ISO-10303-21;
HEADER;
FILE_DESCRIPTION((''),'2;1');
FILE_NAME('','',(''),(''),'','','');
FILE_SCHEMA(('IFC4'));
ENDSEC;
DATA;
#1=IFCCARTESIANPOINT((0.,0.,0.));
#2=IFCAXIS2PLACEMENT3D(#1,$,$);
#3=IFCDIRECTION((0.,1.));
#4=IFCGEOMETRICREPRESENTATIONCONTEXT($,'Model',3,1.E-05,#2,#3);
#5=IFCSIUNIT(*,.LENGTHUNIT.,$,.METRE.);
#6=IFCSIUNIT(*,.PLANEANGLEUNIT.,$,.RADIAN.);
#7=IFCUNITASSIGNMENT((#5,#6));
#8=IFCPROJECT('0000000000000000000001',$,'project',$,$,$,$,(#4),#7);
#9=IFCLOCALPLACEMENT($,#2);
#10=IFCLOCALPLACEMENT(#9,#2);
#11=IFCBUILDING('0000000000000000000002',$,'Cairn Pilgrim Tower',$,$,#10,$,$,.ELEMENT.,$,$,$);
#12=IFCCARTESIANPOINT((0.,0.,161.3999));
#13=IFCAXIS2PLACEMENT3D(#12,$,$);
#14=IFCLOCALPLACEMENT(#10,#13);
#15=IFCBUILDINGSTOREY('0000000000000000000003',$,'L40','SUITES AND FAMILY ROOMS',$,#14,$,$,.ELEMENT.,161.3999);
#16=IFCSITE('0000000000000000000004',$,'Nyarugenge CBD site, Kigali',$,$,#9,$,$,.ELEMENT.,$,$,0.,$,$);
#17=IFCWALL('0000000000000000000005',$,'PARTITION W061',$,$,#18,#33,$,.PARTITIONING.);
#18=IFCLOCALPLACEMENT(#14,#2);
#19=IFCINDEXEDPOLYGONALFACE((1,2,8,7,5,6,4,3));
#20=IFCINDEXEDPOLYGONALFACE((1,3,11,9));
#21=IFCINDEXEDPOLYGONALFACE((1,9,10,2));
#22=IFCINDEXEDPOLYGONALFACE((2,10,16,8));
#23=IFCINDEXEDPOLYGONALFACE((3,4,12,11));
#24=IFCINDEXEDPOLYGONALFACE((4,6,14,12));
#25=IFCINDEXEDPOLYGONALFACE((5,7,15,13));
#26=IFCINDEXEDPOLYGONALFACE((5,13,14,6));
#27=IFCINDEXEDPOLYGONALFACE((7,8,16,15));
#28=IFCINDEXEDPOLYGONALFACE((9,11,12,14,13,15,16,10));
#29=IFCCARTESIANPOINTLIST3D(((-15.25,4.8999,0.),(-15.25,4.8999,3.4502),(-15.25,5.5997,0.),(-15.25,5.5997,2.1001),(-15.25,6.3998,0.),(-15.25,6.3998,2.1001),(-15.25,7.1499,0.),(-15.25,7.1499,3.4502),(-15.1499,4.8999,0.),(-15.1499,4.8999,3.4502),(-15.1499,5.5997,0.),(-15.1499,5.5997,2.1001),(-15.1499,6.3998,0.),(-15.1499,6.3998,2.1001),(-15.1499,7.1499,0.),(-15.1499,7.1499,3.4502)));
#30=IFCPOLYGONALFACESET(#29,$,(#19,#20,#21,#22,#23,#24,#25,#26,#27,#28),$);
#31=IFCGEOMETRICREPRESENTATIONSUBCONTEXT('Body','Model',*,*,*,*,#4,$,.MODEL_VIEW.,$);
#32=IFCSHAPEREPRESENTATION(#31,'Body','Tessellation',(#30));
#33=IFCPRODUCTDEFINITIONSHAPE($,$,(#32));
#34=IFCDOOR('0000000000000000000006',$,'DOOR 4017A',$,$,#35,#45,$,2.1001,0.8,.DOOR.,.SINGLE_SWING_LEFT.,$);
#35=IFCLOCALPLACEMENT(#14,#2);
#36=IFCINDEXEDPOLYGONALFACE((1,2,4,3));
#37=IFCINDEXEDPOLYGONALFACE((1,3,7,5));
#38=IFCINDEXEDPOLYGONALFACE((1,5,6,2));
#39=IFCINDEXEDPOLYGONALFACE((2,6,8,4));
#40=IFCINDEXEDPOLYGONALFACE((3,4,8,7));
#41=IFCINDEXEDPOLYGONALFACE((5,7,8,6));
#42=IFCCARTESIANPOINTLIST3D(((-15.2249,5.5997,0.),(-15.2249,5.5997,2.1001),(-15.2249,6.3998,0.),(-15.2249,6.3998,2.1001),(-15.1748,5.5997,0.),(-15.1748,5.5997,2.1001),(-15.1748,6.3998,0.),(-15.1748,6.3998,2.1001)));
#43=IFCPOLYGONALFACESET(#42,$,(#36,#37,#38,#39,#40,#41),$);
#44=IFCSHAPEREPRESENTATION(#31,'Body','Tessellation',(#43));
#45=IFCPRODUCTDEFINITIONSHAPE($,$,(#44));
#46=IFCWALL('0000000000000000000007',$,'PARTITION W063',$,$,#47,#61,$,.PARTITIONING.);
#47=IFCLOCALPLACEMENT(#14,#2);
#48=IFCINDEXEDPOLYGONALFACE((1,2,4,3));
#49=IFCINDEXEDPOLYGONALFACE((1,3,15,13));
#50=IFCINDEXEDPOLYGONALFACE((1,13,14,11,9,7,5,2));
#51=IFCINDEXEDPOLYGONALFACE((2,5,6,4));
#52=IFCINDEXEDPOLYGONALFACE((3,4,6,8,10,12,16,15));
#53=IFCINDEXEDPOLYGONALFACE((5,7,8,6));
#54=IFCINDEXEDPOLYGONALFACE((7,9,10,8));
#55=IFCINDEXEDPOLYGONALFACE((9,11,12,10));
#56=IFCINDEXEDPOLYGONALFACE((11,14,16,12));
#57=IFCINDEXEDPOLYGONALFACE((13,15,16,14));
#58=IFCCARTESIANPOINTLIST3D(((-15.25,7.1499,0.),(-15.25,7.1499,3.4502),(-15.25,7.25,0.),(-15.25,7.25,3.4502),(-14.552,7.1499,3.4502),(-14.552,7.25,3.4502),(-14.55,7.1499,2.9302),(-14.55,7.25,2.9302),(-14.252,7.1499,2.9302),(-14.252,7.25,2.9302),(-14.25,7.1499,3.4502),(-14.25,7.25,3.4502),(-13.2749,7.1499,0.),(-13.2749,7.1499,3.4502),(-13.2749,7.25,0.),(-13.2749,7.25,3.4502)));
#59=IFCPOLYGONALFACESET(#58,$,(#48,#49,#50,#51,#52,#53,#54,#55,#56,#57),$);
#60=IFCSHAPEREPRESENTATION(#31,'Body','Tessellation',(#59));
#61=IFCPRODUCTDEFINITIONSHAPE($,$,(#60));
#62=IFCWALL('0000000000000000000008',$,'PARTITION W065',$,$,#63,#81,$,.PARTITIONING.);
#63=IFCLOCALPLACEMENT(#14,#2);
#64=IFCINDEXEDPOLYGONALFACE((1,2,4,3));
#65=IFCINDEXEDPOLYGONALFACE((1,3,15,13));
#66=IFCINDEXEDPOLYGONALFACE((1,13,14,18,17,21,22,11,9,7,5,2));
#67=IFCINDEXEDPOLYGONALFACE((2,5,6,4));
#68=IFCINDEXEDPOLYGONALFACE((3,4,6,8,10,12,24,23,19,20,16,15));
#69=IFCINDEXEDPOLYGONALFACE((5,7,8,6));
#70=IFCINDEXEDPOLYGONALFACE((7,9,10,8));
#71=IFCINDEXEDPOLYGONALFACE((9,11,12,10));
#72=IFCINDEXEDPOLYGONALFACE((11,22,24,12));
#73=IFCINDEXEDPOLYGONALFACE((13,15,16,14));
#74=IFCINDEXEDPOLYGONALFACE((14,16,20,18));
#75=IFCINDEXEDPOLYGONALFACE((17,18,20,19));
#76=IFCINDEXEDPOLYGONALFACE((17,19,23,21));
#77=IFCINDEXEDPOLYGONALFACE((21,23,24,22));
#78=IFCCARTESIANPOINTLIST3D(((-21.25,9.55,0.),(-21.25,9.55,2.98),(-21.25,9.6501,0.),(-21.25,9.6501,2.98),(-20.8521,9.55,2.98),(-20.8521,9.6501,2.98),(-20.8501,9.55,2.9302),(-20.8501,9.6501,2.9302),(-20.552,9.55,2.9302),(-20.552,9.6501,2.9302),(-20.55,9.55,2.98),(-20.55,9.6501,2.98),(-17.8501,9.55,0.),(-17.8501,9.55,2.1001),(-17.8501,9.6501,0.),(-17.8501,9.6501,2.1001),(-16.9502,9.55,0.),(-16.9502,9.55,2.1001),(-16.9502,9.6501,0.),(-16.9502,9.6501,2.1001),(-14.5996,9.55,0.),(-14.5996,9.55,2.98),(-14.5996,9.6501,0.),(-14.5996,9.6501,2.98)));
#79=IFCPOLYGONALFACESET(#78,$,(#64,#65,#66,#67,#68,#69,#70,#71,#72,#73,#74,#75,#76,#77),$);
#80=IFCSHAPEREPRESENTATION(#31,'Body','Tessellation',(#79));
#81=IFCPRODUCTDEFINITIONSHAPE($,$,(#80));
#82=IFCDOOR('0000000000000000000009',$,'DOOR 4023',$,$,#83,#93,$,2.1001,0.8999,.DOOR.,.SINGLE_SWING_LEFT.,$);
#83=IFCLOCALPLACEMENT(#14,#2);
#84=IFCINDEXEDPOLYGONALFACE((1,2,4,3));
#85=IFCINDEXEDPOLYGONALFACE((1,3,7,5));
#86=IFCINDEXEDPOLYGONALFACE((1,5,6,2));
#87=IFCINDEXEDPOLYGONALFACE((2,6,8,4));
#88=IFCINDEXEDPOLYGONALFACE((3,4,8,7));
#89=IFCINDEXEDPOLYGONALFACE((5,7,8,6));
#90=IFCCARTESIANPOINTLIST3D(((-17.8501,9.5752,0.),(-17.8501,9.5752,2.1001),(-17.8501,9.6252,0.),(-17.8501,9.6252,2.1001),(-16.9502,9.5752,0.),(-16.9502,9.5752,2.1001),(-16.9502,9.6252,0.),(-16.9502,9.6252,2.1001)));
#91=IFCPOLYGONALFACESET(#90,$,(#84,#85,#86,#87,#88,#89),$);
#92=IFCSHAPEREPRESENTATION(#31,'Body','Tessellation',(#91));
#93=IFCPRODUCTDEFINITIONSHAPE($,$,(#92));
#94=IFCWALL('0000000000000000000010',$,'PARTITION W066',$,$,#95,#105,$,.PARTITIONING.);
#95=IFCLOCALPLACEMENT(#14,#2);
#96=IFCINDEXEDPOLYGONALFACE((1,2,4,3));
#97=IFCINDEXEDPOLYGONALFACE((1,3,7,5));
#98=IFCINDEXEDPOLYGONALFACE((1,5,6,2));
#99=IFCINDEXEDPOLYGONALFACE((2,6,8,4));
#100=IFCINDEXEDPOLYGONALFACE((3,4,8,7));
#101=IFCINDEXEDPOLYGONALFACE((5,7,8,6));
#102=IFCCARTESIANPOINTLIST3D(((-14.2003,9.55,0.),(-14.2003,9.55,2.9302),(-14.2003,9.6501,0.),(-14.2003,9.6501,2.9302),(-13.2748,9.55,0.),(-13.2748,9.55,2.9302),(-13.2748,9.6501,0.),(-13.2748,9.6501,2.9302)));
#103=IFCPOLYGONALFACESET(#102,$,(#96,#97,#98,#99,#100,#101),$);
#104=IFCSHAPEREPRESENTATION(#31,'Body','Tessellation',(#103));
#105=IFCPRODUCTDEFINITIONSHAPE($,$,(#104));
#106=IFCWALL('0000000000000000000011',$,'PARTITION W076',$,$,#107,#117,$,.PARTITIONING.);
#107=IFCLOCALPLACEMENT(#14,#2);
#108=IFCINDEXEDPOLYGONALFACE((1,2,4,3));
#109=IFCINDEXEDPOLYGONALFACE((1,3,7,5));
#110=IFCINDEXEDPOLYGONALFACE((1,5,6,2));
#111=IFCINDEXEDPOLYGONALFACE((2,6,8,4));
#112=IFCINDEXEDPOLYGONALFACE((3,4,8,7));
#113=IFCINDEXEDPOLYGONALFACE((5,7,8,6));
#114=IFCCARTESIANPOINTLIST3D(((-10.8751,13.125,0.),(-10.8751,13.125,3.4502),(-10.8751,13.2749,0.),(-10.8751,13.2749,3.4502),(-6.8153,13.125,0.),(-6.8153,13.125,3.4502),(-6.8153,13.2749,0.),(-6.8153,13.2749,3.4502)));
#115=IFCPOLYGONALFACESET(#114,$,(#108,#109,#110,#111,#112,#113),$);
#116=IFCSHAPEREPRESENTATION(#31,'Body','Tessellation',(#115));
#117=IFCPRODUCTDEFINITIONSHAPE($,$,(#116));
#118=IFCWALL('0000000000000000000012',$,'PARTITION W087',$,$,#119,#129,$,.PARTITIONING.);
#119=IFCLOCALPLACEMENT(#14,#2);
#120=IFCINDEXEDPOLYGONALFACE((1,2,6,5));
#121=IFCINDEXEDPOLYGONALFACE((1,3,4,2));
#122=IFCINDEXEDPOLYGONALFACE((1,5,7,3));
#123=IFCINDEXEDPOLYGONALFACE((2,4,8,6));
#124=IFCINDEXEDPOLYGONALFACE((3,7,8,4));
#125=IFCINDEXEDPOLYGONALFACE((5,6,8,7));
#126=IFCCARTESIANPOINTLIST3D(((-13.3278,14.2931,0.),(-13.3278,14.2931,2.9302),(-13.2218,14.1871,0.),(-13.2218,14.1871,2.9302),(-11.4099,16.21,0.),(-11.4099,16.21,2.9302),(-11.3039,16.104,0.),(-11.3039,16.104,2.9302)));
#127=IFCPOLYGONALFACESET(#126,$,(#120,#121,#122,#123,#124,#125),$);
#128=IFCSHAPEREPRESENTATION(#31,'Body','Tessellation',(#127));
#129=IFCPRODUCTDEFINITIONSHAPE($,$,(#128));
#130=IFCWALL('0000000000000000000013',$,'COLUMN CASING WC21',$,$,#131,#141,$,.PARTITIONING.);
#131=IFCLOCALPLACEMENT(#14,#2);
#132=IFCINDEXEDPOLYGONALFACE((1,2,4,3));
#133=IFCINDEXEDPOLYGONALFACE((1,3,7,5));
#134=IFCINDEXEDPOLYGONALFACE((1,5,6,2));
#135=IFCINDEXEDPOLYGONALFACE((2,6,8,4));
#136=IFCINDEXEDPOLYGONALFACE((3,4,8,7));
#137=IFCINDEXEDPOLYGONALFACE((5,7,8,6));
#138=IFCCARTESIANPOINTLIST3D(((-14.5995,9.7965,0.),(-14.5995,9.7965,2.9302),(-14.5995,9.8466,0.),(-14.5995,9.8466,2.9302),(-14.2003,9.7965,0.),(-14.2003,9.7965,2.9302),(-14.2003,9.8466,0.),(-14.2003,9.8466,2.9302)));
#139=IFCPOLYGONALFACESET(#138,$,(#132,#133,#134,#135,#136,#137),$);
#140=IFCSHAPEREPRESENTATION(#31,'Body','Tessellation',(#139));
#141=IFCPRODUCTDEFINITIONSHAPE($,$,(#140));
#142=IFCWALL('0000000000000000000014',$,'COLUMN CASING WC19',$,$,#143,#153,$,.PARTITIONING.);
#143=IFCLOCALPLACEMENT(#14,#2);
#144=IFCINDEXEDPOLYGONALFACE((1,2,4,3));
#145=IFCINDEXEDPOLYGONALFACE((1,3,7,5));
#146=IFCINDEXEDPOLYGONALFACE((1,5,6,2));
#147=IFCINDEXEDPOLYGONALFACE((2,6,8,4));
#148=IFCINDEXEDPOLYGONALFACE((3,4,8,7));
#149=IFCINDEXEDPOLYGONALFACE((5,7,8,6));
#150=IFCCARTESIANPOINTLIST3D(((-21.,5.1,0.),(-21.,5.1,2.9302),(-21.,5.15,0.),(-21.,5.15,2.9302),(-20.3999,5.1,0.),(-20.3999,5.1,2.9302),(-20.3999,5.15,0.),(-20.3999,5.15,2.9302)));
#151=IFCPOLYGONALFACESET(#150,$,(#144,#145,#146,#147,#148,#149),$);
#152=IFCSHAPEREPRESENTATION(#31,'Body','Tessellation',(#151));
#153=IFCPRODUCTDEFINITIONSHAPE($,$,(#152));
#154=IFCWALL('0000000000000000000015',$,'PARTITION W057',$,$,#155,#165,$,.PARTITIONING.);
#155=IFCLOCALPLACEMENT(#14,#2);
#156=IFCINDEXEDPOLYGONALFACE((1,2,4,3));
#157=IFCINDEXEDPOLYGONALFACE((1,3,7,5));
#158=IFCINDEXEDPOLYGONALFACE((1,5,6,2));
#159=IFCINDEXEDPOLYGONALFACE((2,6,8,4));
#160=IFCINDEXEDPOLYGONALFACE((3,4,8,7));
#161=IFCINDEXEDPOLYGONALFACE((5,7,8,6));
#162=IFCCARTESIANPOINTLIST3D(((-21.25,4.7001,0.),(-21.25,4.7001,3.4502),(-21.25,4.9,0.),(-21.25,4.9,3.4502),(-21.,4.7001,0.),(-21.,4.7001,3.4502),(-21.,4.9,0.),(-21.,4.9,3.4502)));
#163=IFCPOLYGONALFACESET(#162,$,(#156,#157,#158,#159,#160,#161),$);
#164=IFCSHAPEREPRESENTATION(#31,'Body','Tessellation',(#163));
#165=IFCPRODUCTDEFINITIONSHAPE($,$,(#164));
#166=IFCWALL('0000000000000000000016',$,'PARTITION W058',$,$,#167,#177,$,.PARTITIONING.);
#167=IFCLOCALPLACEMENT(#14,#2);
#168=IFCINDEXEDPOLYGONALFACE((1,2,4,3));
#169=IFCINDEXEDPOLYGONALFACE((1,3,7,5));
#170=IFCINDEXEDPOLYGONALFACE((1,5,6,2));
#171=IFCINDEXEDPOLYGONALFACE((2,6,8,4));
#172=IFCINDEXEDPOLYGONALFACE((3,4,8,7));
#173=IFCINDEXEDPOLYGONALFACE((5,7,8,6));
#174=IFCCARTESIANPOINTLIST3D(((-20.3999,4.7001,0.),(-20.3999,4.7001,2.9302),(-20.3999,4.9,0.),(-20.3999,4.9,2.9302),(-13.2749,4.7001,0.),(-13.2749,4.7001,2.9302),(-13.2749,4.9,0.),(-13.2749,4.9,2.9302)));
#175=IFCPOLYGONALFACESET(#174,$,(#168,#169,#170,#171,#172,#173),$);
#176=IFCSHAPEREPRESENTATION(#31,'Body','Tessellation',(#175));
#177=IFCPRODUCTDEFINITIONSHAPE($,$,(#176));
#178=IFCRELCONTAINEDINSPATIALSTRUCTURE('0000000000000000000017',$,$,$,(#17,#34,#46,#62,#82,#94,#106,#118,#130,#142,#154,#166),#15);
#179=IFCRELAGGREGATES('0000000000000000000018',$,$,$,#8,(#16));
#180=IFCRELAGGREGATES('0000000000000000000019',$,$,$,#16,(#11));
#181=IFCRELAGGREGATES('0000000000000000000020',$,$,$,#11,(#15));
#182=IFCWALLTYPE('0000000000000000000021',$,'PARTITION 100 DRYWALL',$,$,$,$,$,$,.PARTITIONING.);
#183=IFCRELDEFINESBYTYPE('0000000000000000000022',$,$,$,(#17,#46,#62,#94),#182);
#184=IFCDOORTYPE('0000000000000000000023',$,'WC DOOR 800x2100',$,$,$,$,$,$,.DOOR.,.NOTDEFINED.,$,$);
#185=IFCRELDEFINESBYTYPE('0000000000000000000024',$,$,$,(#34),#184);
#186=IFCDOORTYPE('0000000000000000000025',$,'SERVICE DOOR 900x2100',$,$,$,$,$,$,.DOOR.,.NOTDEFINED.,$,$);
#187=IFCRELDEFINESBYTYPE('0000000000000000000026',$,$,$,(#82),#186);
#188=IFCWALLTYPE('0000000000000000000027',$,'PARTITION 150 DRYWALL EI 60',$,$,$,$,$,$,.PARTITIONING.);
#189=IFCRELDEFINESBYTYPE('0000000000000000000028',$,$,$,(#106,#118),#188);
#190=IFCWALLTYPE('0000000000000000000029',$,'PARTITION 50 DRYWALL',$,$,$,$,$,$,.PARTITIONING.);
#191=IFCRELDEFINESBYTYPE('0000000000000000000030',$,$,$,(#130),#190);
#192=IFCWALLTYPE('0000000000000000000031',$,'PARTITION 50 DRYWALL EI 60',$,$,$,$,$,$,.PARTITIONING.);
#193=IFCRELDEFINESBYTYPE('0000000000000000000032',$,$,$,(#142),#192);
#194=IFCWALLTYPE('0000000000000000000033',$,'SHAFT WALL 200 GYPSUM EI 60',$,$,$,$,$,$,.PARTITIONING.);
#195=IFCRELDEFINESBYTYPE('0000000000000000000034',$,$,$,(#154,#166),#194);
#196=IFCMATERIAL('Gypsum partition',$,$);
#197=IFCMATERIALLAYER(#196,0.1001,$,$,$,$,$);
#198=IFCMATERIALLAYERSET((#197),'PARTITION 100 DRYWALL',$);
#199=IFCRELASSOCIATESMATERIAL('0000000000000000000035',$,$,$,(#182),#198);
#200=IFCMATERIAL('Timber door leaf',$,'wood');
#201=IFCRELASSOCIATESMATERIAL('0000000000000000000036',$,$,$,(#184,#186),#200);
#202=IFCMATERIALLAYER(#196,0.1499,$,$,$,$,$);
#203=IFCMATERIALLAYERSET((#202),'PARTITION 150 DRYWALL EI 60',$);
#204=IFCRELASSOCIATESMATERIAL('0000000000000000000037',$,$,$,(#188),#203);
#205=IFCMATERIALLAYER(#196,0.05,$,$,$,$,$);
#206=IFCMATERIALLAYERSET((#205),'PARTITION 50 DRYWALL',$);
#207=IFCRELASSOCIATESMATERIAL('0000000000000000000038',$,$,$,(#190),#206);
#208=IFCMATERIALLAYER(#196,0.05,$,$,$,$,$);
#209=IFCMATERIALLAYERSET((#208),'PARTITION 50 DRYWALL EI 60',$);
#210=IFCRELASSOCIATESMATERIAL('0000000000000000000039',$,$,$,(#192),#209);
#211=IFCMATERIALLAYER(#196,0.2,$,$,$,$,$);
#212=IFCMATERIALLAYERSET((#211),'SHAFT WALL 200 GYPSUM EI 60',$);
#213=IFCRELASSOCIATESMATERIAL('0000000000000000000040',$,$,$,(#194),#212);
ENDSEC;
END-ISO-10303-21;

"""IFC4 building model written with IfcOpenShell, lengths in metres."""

from ifc_helpers import new_model, si_unit, direction, frame, frame_2d, origin, place, context, subcontext, project, spatial, polyline, rectangle, outline, extrude, material, layer, layer_set, type_object, element, fill, save


model = new_model("IFC4")

# Units and contexts
model_context = context("Model", 3, precision=1e-05, world=origin(), true_north=direction((0.0, 1.0)))
body_context = subcontext(model_context, "Body", "Model", "MODEL_VIEW")
ifc_project = project(units=[si_unit("LENGTHUNIT", "METRE"), si_unit("PLANEANGLEUNIT", "RADIAN")], contexts=[model_context])

# Site, building, storey
site_placement = place(None, origin())
site = spatial("IfcSite", under=ifc_project, at=site_placement, Name="Nyarugenge CBD site, Kigali", CompositionType="ELEMENT", RefElevation=0.0)
building_placement = place(site_placement, origin())
building = spatial("IfcBuilding", under=site, at=building_placement, Name="Cairn Pilgrim Tower", CompositionType="ELEMENT")
storey_placement = place(building_placement, frame((0.0, 0.0, 161.3999)))
storey = spatial("IfcBuildingStorey", under=building, at=storey_placement, Name="L40", Description="SUITES AND FAMILY ROOMS", CompositionType="ELEMENT", Elevation=161.3999)

# Wall, opening, door
ifc_material_1 = material(Name="Gypsum partition")
ifc_layer_1 = layer(ifc_material_1, 0.1001)
ifc_layer_set_1 = layer_set([ifc_layer_1], Name="PARTITION 100 DRYWALL")
wall_type_1 = type_object("IfcWallType", Name="PARTITION 100 DRYWALL", PredefinedType="PARTITIONING", material=ifc_layer_set_1)
wall_1_placement = place(storey_placement, frame((-15.2, 4.8999, 0.0), z_axis=(0.0, 0.0, 1.0), x_axis=(0.0, 1.0, 0.0)))
wall_1 = element("IfcWall", 1, at=wall_1_placement, inside=storey, type_object=wall_type_1, Name="PARTITION W061", PredefinedType="PARTITIONING", context=body_context, shape_type="SweptSolid", body=[
    extrude(rectangle(XDim=2.25, YDim=0.1001, at=frame_2d((1.125, 0.0))), origin(), (0.0, 0.0, 1.0), 3.4502),
])
opening_1_placement = place(wall_1_placement, frame((0.7, 0.0, 0.0)))
opening_1 = element("IfcOpeningElement", 2, at=opening_1_placement, cuts=wall_1, PredefinedType="OPENING", context=body_context, shape_type="SweptSolid", body=[
    extrude(rectangle(XDim=0.8, YDim=2.1001, at=frame_2d((0.3999, 1.05))), frame((0.0, 0.0601, 0.0), z_axis=(0.0, -1.0, 0.0), x_axis=(1.0, 0.0, 0.0)), (0.0, 0.0, 1.0), 0.1201),
])
ifc_material_2 = material(Name="Timber door leaf", Category="wood")
door_type_1 = type_object("IfcDoorType", Name="WC DOOR 800x2100", OperationType="NOTDEFINED", PredefinedType="DOOR", material=ifc_material_2)
door_1_placement = place(opening_1_placement, origin())
door_1 = element("IfcDoor", 3, at=door_1_placement, inside=storey, type_object=door_type_1, Name="DOOR 4017A", OperationType="SINGLE_SWING_LEFT", OverallHeight=2.1001, OverallWidth=0.8, PredefinedType="DOOR", context=body_context, shape_type="SweptSolid", body=[
    extrude(rectangle(XDim=0.8, YDim=2.1001, at=frame_2d((0.3999, 1.05))), frame((0.0, 0.0249, 0.0), z_axis=(0.0, -1.0, 0.0), x_axis=(1.0, 0.0, 0.0)), (0.0, 0.0, 1.0), 0.05),
])
fill(opening_1, door_1)

# Wall
wall_2_placement = place(storey_placement, frame((-15.25, 7.2, 0.0), z_axis=(0.0, 0.0, 1.0), x_axis=(1.0, 0.0, 0.0)))
element("IfcWall", 4, at=wall_2_placement, inside=storey, type_object=wall_type_1, Name="PARTITION W063", PredefinedType="PARTITIONING", context=body_context, shape_type="SweptSolid", body=[
    extrude(outline(polyline([(0.0, 0.0), (1.9751, 0.0), (1.9751, 3.4502), (1.0, 3.4502), (0.998, 2.9302), (0.7, 2.9302), (0.698, 3.4502), (0.0, 3.4502), (0.0, 0.0)])), frame((0.0, 0.05, 0.0), z_axis=(0.0, -1.0, 0.0), x_axis=(1.0, 0.0, 0.0)), (0.0, 0.0, 1.0), 0.1001),
])

# Wall, opening, door
wall_3_placement = place(storey_placement, frame((-21.25, 9.6001, 0.0), z_axis=(0.0, 0.0, 1.0), x_axis=(1.0, 0.0, 0.0)))
wall_3 = element("IfcWall", 5, at=wall_3_placement, inside=storey, type_object=wall_type_1, Name="PARTITION W065", PredefinedType="PARTITIONING", context=body_context, shape_type="SweptSolid", body=[
    extrude(outline(polyline([(0.0, 0.0), (6.6504, 0.0), (6.6504, 2.98), (0.7, 2.98), (0.698, 2.9302), (0.3999, 2.9302), (0.3979, 2.98), (0.0, 2.98), (0.0, 0.0)])), frame((0.0, 0.05, 0.0), z_axis=(0.0, -1.0, 0.0), x_axis=(1.0, 0.0, 0.0)), (0.0, 0.0, 1.0), 0.1001),
])
opening_2_placement = place(wall_3_placement, frame((3.3999, 0.0, 0.0)))
opening_2 = element("IfcOpeningElement", 6, at=opening_2_placement, cuts=wall_3, PredefinedType="OPENING", context=body_context, shape_type="SweptSolid", body=[
    extrude(rectangle(XDim=0.8999, YDim=2.1001, at=frame_2d((0.45, 1.05))), frame((0.0, 0.0601, 0.0), z_axis=(0.0, -1.0, 0.0), x_axis=(1.0, 0.0, 0.0)), (0.0, 0.0, 1.0), 0.1201),
])
door_type_2 = type_object("IfcDoorType", Name="SERVICE DOOR 900x2100", OperationType="NOTDEFINED", PredefinedType="DOOR", material=ifc_material_2)
door_2_placement = place(opening_2_placement, frame((0.8999, 0.0, 0.0), z_axis=(0.0, 0.0, 1.0), x_axis=(-1.0, 0.0, 0.0)))
door_2 = element("IfcDoor", 7, at=door_2_placement, inside=storey, type_object=door_type_2, Name="DOOR 4023", OperationType="SINGLE_SWING_LEFT", OverallHeight=2.1001, OverallWidth=0.8999, PredefinedType="DOOR", context=body_context, shape_type="SweptSolid", body=[
    extrude(rectangle(XDim=0.8999, YDim=2.1001, at=frame_2d((0.45, 1.05))), frame((0.0, 0.0249, 0.0), z_axis=(0.0, -1.0, 0.0), x_axis=(1.0, 0.0, 0.0)), (0.0, 0.0, 1.0), 0.05),
])
fill(opening_2, door_2)

# Walls
wall_4_placement = place(storey_placement, frame((-14.2004, 9.6001, 0.0), z_axis=(0.0, 0.0, 1.0), x_axis=(1.0, 0.0, 0.0)))
element("IfcWall", 8, at=wall_4_placement, inside=storey, type_object=wall_type_1, Name="PARTITION W066", PredefinedType="PARTITIONING", context=body_context, shape_type="SweptSolid", body=[
    extrude(rectangle(XDim=0.9255, YDim=0.1001, at=frame_2d((0.4629, 0.0))), origin(), (0.0, 0.0, 1.0), 2.9302),
])
ifc_layer_2 = layer(ifc_material_1, 0.1499)
ifc_layer_set_2 = layer_set([ifc_layer_2], Name="PARTITION 150 DRYWALL EI 60")
wall_type_2 = type_object("IfcWallType", Name="PARTITION 150 DRYWALL EI 60", PredefinedType="PARTITIONING", material=ifc_layer_set_2)
wall_5_placement = place(storey_placement, frame((-10.875, 13.2, 0.0), z_axis=(0.0, 0.0, 1.0), x_axis=(1.0, 0.0, 0.0)))
element("IfcWall", 9, at=wall_5_placement, inside=storey, type_object=wall_type_2, Name="PARTITION W076", PredefinedType="PARTITIONING", context=body_context, shape_type="SweptSolid", body=[
    extrude(rectangle(XDim=4.0598, YDim=0.1499, at=frame_2d((2.0298, 0.0))), origin(), (0.0, 0.0, 1.0), 3.4502),
])
wall_6_placement = place(storey_placement, frame((-13.2749, 14.24, 0.0), z_axis=(0.0, 0.0, 1.0), x_axis=(0.707287, 0.706927, 0.0)))
element("IfcWall", 10, at=wall_6_placement, inside=storey, type_object=wall_type_2, Name="PARTITION W087", PredefinedType="PARTITIONING", context=body_context, shape_type="SweptSolid", body=[
    extrude(rectangle(XDim=2.7117, YDim=0.1499, at=frame_2d((1.356, 0.0))), origin(), (0.0, 0.0, 1.0), 2.9302),
])
ifc_layer_3 = layer(ifc_material_1, 0.05)
ifc_layer_set_3 = layer_set([ifc_layer_3], Name="PARTITION 50 DRYWALL")
wall_type_3 = type_object("IfcWallType", Name="PARTITION 50 DRYWALL", PredefinedType="PARTITIONING", material=ifc_layer_set_3)
wall_7_placement = place(storey_placement, frame((-14.5996, 9.8215, 0.0), z_axis=(0.0, 0.0, 1.0), x_axis=(1.0, 0.0, 0.0)))
element("IfcWall", 11, at=wall_7_placement, inside=storey, type_object=wall_type_3, Name="COLUMN CASING WC21", PredefinedType="PARTITIONING", context=body_context, shape_type="SweptSolid", body=[
    extrude(rectangle(XDim=0.3992, YDim=0.05, at=frame_2d((0.1997, 0.0))), origin(), (0.0, 0.0, 1.0), 2.9302),
])
ifc_layer_4 = layer(ifc_material_1, 0.05)
ifc_layer_set_4 = layer_set([ifc_layer_4], Name="PARTITION 50 DRYWALL EI 60")
wall_type_4 = type_object("IfcWallType", Name="PARTITION 50 DRYWALL EI 60", PredefinedType="PARTITIONING", material=ifc_layer_set_4)
wall_8_placement = place(storey_placement, frame((-21.0, 5.125, 0.0), z_axis=(0.0, 0.0, 1.0), x_axis=(1.0, 0.0, 0.0)))
element("IfcWall", 12, at=wall_8_placement, inside=storey, type_object=wall_type_4, Name="COLUMN CASING WC19", PredefinedType="PARTITIONING", context=body_context, shape_type="SweptSolid", body=[
    extrude(rectangle(XDim=0.6001, YDim=0.05, at=frame_2d((0.3, 0.0))), origin(), (0.0, 0.0, 1.0), 2.9302),
])
ifc_layer_5 = layer(ifc_material_1, 0.2)
ifc_layer_set_5 = layer_set([ifc_layer_5], Name="SHAFT WALL 200 GYPSUM EI 60")
wall_type_5 = type_object("IfcWallType", Name="SHAFT WALL 200 GYPSUM EI 60", PredefinedType="PARTITIONING", material=ifc_layer_set_5)
wall_9_placement = place(storey_placement, frame((-21.25, 4.8, 0.0), z_axis=(0.0, 0.0, 1.0), x_axis=(1.0, 0.0, 0.0)))
element("IfcWall", 13, at=wall_9_placement, inside=storey, type_object=wall_type_5, Name="PARTITION W057", PredefinedType="PARTITIONING", context=body_context, shape_type="SweptSolid", body=[
    extrude(rectangle(XDim=0.25, YDim=0.2, at=frame_2d((0.125, 0.0))), origin(), (0.0, 0.0, 1.0), 3.4502),
])
wall_10_placement = place(storey_placement, frame((-20.3999, 4.8, 0.0), z_axis=(0.0, 0.0, 1.0), x_axis=(1.0, 0.0, 0.0)))
element("IfcWall", 14, at=wall_10_placement, inside=storey, type_object=wall_type_5, Name="PARTITION W058", PredefinedType="PARTITIONING", context=body_context, shape_type="SweptSolid", body=[
    extrude(rectangle(XDim=7.125, YDim=0.2, at=frame_2d((3.5625, 0.0))), origin(), (0.0, 0.0, 1.0), 2.9302),
])

save(model, "model.ifc")
